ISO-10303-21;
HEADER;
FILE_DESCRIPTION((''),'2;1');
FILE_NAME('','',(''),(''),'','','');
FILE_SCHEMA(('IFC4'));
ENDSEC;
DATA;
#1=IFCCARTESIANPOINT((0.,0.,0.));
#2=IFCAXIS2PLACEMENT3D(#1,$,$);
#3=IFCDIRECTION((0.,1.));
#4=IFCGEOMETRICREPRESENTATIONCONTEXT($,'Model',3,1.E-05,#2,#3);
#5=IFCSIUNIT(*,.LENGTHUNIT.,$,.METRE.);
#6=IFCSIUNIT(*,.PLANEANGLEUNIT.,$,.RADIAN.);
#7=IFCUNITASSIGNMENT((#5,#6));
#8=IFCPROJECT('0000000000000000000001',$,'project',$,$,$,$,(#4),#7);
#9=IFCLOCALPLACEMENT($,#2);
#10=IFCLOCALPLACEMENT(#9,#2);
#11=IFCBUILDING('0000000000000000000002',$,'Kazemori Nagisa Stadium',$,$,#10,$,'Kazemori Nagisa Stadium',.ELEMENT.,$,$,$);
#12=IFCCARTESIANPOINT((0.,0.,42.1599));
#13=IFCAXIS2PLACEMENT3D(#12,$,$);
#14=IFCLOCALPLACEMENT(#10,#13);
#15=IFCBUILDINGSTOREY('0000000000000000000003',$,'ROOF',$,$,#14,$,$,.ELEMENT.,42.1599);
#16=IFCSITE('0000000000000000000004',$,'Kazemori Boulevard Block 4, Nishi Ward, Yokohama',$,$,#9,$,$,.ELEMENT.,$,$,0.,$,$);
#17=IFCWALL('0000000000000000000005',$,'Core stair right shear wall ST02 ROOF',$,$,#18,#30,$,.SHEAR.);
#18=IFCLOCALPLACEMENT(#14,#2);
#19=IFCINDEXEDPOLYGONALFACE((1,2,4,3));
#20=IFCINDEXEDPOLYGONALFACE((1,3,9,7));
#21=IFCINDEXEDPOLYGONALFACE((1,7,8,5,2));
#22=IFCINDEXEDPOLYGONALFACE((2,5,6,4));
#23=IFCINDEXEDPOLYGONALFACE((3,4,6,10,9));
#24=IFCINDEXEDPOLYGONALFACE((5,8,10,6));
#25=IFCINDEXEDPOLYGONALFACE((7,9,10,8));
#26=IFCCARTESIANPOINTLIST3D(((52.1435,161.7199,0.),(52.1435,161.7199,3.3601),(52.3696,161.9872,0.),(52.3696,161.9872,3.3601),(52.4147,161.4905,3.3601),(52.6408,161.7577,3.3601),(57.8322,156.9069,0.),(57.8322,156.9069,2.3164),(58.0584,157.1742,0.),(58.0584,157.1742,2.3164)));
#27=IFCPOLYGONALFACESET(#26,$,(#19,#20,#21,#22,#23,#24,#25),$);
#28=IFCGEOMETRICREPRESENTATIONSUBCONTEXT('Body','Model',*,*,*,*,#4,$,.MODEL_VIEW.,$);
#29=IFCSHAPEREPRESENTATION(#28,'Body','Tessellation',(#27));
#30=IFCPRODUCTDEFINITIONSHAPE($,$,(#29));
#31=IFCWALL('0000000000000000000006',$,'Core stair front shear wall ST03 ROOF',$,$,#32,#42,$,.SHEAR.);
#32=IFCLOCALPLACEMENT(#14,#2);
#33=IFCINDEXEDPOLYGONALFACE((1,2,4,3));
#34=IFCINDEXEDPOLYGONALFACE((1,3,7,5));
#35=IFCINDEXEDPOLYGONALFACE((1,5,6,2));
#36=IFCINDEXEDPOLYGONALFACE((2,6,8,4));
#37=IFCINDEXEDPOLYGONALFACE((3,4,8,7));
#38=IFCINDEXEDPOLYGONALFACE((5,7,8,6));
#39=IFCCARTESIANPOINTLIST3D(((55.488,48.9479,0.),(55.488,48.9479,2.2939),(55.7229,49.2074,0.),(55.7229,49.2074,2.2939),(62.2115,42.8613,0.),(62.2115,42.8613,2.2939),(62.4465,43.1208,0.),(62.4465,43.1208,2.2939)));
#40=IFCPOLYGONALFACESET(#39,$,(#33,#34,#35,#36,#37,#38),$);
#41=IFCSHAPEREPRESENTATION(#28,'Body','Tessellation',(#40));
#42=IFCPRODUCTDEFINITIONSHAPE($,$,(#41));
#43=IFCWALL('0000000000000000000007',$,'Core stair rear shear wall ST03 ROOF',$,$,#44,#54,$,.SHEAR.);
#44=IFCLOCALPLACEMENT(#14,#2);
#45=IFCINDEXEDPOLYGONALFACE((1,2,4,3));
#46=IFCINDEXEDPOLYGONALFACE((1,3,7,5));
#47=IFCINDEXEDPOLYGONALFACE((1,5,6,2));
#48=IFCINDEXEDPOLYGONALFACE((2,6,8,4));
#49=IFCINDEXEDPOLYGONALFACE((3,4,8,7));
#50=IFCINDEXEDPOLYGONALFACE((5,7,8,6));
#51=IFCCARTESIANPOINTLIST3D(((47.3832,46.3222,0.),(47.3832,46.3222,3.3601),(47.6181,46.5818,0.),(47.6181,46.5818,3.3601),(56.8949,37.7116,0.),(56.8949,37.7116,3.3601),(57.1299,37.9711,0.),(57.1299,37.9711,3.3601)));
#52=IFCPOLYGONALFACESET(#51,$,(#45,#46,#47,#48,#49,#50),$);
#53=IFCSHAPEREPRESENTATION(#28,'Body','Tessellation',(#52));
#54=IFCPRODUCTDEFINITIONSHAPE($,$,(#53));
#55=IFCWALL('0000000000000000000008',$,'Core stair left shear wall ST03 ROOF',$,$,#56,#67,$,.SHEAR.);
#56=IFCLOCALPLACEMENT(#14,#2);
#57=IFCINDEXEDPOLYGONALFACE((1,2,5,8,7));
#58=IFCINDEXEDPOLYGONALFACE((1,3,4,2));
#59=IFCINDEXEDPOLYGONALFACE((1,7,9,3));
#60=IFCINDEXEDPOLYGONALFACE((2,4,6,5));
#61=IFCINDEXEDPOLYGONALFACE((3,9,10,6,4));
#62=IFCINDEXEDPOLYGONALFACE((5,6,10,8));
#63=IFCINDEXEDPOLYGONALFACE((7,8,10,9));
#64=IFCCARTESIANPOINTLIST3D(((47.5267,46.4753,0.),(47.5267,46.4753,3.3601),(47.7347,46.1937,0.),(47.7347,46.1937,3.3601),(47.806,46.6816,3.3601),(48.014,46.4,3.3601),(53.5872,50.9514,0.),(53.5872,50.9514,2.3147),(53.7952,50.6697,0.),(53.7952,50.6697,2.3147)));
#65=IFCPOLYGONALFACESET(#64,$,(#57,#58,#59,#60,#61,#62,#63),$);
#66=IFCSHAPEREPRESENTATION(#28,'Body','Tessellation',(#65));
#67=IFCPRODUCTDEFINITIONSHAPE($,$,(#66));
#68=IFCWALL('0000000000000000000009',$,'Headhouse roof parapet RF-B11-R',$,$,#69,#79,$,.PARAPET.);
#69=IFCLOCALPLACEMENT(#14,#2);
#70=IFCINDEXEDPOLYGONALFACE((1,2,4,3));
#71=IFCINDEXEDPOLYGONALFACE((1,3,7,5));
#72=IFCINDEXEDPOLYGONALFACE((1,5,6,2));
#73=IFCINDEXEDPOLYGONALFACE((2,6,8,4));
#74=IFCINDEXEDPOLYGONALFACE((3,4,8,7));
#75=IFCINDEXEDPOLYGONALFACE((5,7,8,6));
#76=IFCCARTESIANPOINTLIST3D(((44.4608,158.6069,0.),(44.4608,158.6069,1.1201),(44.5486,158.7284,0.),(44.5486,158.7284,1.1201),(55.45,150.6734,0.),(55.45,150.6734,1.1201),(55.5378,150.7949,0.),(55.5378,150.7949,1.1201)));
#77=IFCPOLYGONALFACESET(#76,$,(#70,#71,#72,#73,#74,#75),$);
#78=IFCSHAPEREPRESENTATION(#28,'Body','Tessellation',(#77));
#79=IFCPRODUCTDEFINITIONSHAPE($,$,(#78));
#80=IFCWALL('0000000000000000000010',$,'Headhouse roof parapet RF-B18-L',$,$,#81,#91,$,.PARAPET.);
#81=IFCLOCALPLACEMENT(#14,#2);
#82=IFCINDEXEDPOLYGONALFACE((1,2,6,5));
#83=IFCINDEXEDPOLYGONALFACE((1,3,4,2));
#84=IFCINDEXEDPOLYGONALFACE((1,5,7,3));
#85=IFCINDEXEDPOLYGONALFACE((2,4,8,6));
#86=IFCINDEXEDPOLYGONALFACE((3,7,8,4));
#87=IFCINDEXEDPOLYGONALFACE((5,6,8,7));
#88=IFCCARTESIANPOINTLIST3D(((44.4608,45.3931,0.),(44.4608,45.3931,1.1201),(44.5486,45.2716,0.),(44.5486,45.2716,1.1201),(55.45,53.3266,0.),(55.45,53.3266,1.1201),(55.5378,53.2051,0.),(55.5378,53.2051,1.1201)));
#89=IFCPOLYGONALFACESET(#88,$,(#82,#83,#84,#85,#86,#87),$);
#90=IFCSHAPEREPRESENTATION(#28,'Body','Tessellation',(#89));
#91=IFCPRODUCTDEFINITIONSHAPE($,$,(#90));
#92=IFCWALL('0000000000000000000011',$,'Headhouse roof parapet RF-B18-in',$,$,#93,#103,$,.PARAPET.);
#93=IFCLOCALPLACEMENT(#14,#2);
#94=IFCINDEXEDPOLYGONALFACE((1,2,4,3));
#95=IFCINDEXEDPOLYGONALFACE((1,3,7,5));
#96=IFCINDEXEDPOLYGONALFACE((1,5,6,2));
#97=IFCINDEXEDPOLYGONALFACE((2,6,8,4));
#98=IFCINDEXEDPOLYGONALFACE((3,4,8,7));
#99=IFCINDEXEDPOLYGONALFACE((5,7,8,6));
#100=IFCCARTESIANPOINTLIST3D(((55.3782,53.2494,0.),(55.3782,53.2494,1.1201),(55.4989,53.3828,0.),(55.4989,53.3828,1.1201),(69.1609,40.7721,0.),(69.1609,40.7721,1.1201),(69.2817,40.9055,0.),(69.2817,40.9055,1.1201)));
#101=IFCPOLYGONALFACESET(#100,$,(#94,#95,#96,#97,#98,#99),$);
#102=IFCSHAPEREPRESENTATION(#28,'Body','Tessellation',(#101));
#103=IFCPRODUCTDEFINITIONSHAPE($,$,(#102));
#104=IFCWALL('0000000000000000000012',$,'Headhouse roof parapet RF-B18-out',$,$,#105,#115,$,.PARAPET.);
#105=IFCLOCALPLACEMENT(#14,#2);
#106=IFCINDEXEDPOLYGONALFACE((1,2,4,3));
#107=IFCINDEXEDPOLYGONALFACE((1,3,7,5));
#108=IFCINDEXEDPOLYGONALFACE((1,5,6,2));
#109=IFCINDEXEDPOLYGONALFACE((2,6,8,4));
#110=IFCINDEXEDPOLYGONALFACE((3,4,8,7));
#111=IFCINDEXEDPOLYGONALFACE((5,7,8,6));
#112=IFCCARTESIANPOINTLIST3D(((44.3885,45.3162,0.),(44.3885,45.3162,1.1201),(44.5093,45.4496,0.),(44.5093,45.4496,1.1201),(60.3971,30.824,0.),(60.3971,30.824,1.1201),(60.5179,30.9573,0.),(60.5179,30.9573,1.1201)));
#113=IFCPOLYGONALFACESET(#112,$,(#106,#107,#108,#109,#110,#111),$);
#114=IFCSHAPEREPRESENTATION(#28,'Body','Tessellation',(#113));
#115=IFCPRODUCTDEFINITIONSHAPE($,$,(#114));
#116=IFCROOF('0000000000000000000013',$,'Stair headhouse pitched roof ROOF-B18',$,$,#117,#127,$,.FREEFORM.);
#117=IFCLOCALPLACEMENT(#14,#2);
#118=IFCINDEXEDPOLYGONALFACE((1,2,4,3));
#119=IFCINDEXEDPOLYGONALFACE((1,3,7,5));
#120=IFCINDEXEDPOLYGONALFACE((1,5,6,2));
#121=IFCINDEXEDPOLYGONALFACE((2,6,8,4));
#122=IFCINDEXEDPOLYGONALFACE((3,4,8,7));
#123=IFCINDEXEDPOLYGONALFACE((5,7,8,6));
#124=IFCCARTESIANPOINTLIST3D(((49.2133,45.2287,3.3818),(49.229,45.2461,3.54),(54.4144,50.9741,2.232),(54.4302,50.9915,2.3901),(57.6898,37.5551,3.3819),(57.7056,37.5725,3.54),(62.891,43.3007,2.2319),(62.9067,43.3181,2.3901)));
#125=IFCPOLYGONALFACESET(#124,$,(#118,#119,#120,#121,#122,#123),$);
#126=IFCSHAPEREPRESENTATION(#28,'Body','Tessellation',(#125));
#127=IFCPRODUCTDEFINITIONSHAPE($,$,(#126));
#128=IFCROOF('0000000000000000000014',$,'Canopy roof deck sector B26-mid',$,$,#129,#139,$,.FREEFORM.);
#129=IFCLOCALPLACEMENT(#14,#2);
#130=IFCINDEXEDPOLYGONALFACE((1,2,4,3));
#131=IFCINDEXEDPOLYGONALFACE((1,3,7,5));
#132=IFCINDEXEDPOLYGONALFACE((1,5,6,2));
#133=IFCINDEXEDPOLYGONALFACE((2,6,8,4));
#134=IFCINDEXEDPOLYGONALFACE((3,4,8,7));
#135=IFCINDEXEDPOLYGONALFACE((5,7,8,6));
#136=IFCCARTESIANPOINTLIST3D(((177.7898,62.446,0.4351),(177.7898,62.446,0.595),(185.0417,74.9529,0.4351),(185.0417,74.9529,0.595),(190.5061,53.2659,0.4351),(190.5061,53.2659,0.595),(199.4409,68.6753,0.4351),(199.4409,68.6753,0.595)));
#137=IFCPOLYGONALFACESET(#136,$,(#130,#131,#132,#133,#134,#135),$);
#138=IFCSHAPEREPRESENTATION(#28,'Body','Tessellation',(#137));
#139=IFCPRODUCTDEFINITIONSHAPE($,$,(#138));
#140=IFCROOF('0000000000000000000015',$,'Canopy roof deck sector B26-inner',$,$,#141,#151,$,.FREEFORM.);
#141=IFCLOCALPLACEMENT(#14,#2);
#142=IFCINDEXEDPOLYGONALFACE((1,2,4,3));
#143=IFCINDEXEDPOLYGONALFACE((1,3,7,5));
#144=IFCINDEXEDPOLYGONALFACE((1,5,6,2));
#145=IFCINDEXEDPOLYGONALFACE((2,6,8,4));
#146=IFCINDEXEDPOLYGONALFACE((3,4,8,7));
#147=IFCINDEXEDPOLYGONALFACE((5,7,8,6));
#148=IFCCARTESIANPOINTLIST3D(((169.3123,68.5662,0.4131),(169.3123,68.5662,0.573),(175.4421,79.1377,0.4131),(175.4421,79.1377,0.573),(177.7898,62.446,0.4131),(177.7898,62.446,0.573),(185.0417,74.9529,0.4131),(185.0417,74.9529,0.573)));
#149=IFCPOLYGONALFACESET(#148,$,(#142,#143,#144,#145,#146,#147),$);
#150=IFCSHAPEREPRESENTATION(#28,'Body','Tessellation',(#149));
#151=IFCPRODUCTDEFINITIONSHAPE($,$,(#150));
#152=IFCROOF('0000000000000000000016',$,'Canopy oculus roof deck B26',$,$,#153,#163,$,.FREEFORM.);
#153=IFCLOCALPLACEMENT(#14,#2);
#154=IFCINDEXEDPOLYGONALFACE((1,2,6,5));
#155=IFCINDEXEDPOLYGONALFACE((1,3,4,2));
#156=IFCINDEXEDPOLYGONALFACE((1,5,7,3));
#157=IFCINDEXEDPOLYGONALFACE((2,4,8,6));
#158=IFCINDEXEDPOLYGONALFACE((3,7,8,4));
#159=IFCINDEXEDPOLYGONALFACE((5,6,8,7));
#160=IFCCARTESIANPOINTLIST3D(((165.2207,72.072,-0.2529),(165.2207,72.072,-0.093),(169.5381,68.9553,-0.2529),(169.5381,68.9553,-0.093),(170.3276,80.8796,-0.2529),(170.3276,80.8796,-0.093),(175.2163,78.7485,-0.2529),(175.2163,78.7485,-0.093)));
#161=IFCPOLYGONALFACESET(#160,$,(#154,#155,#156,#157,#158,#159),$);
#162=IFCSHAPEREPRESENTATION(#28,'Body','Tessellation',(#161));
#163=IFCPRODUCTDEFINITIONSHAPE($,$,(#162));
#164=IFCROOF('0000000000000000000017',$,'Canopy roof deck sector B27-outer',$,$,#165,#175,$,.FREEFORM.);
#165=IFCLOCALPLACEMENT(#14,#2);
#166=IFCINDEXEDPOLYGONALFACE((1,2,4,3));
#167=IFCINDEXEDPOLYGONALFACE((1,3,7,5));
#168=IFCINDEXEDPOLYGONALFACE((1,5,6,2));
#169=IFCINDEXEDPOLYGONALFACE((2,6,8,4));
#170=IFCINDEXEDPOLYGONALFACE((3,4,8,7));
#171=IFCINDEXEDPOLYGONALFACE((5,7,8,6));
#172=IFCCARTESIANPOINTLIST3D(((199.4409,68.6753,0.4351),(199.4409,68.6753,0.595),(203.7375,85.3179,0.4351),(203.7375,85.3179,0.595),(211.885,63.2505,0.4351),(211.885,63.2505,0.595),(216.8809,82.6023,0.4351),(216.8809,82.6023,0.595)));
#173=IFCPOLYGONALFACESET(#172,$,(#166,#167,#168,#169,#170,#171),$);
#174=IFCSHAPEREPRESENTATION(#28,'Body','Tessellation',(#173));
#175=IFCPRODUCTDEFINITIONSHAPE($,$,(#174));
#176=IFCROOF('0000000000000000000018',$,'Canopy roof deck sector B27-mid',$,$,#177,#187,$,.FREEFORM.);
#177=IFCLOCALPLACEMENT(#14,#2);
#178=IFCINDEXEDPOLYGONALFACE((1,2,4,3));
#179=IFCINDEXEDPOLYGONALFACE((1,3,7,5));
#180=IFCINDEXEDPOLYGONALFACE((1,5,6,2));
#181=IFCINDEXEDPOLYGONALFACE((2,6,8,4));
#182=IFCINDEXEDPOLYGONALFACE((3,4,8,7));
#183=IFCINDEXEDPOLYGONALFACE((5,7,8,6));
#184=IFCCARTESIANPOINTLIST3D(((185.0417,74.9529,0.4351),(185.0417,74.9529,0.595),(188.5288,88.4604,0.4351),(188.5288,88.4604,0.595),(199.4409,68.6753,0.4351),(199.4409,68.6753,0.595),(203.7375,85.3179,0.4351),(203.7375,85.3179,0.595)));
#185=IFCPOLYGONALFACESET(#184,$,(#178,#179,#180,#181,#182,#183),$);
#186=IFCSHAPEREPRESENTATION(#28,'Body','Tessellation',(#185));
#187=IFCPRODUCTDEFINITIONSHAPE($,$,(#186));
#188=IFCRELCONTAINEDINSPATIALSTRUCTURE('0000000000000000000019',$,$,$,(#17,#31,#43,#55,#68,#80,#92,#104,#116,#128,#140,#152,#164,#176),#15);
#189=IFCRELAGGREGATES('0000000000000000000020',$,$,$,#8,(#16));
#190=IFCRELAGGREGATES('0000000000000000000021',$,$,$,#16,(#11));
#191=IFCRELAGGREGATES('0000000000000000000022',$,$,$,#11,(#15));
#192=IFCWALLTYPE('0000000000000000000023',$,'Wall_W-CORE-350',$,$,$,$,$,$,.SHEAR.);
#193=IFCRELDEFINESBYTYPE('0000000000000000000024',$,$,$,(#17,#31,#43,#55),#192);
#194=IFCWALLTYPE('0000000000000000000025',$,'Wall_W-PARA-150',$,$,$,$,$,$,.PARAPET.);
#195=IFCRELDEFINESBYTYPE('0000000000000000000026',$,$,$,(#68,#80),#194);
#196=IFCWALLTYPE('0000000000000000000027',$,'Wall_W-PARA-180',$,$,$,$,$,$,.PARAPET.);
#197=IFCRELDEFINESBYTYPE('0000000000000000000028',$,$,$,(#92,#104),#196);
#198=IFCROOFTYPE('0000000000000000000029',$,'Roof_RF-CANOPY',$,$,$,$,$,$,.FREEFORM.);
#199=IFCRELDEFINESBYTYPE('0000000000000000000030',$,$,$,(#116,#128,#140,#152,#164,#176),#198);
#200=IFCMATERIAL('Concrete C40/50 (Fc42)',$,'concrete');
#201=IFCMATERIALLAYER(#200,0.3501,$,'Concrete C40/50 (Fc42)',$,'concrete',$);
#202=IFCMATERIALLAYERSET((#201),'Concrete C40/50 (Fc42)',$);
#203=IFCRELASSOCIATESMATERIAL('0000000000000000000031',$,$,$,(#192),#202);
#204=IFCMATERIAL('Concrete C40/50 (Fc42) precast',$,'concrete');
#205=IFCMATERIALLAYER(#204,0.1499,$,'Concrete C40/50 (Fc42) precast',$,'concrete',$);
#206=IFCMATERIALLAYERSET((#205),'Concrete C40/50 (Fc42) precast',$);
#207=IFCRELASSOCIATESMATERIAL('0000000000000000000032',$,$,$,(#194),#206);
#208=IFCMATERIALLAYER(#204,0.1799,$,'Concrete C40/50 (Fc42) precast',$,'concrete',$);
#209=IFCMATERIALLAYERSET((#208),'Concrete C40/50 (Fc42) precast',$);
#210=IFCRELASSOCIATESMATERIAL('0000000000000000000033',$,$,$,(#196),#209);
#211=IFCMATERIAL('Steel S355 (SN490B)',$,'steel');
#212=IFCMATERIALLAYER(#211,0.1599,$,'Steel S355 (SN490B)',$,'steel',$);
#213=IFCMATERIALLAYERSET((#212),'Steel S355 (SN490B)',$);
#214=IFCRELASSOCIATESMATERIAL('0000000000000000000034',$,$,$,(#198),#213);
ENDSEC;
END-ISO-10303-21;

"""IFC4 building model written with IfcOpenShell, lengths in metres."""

from ifc_helpers import new_model, si_unit, direction, frame, frame_2d, origin, place, context, subcontext, project, spatial, polyline, rectangle, outline, extrude, material, layer, layer_set, type_object, element, save


model = new_model("IFC4")

# Units and contexts
model_context = context("Model", 3, precision=1e-05, world=origin(), true_north=direction((0.0, 1.0)))
body_context = subcontext(model_context, "Body", "Model", "MODEL_VIEW")
ifc_project = project(units=[si_unit("LENGTHUNIT", "METRE"), si_unit("PLANEANGLEUNIT", "RADIAN")], contexts=[model_context])

# Site, building, storey
site_placement = place(None, origin())
site = spatial("IfcSite", under=ifc_project, at=site_placement, Name="Kazemori Boulevard Block 4, Nishi Ward, Yokohama", CompositionType="ELEMENT", RefElevation=0.0)
building_placement = place(site_placement, origin())
building = spatial("IfcBuilding", under=site, at=building_placement, Name="Kazemori Nagisa Stadium", LongName="Kazemori Nagisa Stadium", CompositionType="ELEMENT")
storey_placement = place(building_placement, frame((0.0, 0.0, 42.1599)))
storey = spatial("IfcBuildingStorey", under=building, at=storey_placement, Name="ROOF", CompositionType="ELEMENT", Elevation=42.1599)

# Walls
ifc_material_1 = material(Name="Concrete C40/50 (Fc42)", Category="concrete")
ifc_layer_1 = layer(ifc_material_1, 0.3501, Name="Concrete C40/50 (Fc42)", Category="concrete")
ifc_layer_set_1 = layer_set([ifc_layer_1], Name="Concrete C40/50 (Fc42)")
wall_type_1 = type_object("IfcWallType", Name="Wall_W-CORE-350", PredefinedType="SHEAR", material=ifc_layer_set_1)
wall_1_placement = place(storey_placement, frame((57.9453, 157.0405, 0.0), z_axis=(0.0, 0.0, 1.0), x_axis=(-0.763422, 0.6459, 0.0)))
element("IfcWall", 1, at=wall_1_placement, inside=storey, type_object=wall_type_1, Name="Core stair right shear wall ST02 ROOF", PredefinedType="SHEAR", context=body_context, shape_type="SweptSolid", body=[
    extrude(outline(polyline([(0.0, 0.0), (7.4517, 0.0), (7.4517, 3.3601), (7.0964, 3.3601), (0.0, 2.3164), (0.0, 0.0)])), frame((0.0, 0.175, 0.0), z_axis=(0.0, -1.0, 0.0), x_axis=(1.0, 0.0, 0.0)), (0.0, 0.0, 1.0), 0.3501),
])
wall_2_placement = place(storey_placement, frame((55.6055, 49.0776, 0.0), z_axis=(0.0, 0.0, 1.0), x_axis=(0.74135, -0.671118, 0.0)))
element("IfcWall", 2, at=wall_2_placement, inside=storey, type_object=wall_type_1, Name="Core stair front shear wall ST03 ROOF", PredefinedType="SHEAR", context=body_context, shape_type="SweptSolid", body=[
    extrude(rectangle(XDim=9.0693, YDim=0.3501, at=frame_2d((4.5347, 0.0))), origin(), (0.0, 0.0, 1.0), 2.2939),
])
wall_3_placement = place(storey_placement, frame((47.5007, 46.4519, 0.0), z_axis=(0.0, 0.0, 1.0), x_axis=(0.741351, -0.671117, 0.0)))
element("IfcWall", 3, at=wall_3_placement, inside=storey, type_object=wall_type_1, Name="Core stair rear shear wall ST03 ROOF", PredefinedType="SHEAR", context=body_context, shape_type="SweptSolid", body=[
    extrude(rectangle(XDim=12.8303, YDim=0.3501, at=frame_2d((6.415, 0.0))), origin(), (0.0, 0.0, 1.0), 3.3601),
])
wall_4_placement = place(storey_placement, frame((53.6912, 50.8105, 0.0), z_axis=(0.0, 0.0, 1.0), x_axis=(-0.804396, -0.594094, 0.0)))
element("IfcWall", 4, at=wall_4_placement, inside=storey, type_object=wall_type_1, Name="Core stair left shear wall ST03 ROOF", PredefinedType="SHEAR", context=body_context, shape_type="SweptSolid", body=[
    extrude(outline(polyline([(0.0, 0.0), (7.5342, 0.0), (7.5342, 3.3601), (7.187, 3.3601), (0.0, 2.3147), (0.0, 0.0)])), frame((0.0, 0.175, 0.0), z_axis=(0.0, -1.0, 0.0), x_axis=(1.0, 0.0, 0.0)), (0.0, 0.0, 1.0), 0.3501),
])
ifc_material_2 = material(Name="Concrete C40/50 (Fc42) precast", Category="concrete")
ifc_layer_2 = layer(ifc_material_2, 0.1499, Name="Concrete C40/50 (Fc42) precast", Category="concrete")
ifc_layer_set_2 = layer_set([ifc_layer_2], Name="Concrete C40/50 (Fc42) precast")
wall_type_2 = type_object("IfcWallType", Name="Wall_W-PARA-150", PredefinedType="PARAPET", material=ifc_layer_set_2)
for number, where, z_axis, x_axis, name in (
    (5, (55.4939, 150.7341, 0.0), (0.0, 0.0, 1.0), (-0.810788, 0.585341, 0.0), "Headhouse roof parapet RF-B11-R"),
    (6, (55.4939, 53.2659, 0.0), (0.0, 0.0, 1.0), (-0.810788, -0.585341, 0.0), "Headhouse roof parapet RF-B18-L"),
):
    element("IfcWall", number, at=place(storey_placement, frame(where, z_axis=z_axis, x_axis=x_axis)), inside=storey, type_object=wall_type_2, Name=name, PredefinedType="PARAPET", context=body_context, shape_type="SweptSolid", body=[
        extrude(rectangle(XDim=13.5537, YDim=0.1499, at=frame_2d((6.7769, 0.0))), origin(), (0.0, 0.0, 1.0), 1.1201),
    ])
ifc_layer_3 = layer(ifc_material_2, 0.1799, Name="Concrete C40/50 (Fc42) precast", Category="concrete")
ifc_layer_set_3 = layer_set([ifc_layer_3], Name="Concrete C40/50 (Fc42) precast")
wall_type_3 = type_object("IfcWallType", Name="Wall_W-PARA-180", PredefinedType="PARAPET", material=ifc_layer_set_3)
wall_5_placement = place(storey_placement, frame((55.4385, 53.3162, 0.0), z_axis=(0.0, 0.0, 1.0), x_axis=(0.741343, -0.671127, 0.0)))
element("IfcWall", 7, at=wall_5_placement, inside=storey, type_object=wall_type_3, Name="Headhouse roof parapet RF-B18-in", PredefinedType="PARAPET", context=body_context, shape_type="SweptSolid", body=[
    extrude(rectangle(XDim=18.5916, YDim=0.1799, at=frame_2d((9.2959, 0.0))), origin(), (0.0, 0.0, 1.0), 1.1201),
])
wall_6_placement = place(storey_placement, frame((44.449, 45.3828, 0.0), z_axis=(0.0, 0.0, 1.0), x_axis=(0.741345, -0.671124, 0.0)))
element("IfcWall", 8, at=wall_6_placement, inside=storey, type_object=wall_type_3, Name="Headhouse roof parapet RF-B18-out", PredefinedType="PARAPET", context=body_context, shape_type="SweptSolid", body=[
    extrude(rectangle(XDim=21.594, YDim=0.1799, at=frame_2d((10.7969, 0.0))), origin(), (0.0, 0.0, 1.0), 1.1201),
])

# Roofs
ifc_material_3 = material(Name="Steel S355 (SN490B)", Category="steel")
ifc_layer_4 = layer(ifc_material_3, 0.1599, Name="Steel S355 (SN490B)", Category="steel")
ifc_layer_set_4 = layer_set([ifc_layer_4], Name="Steel S355 (SN490B)")
roof_type = type_object("IfcRoofType", Name="Roof_RF-CANOPY", PredefinedType="FREEFORM", material=ifc_layer_set_4)
roof_1_placement = place(storey_placement, frame((54.4302, 50.9915, 2.3901), z_axis=(0.098498, 0.108807, 0.989171), x_axis=(0.741359, -0.671109, -0.000001)))
element("IfcRoof", 9, at=roof_1_placement, inside=storey, type_object=roof_type, Name="Stair headhouse pitched roof ROOF-B18", PredefinedType="FREEFORM", context=body_context, shape_type="SweptSolid", body=[
    extrude(outline(polyline([(0.0, 0.0), (11.4338, 0.0), (11.4338, -7.835), (-0.0002, -7.8348), (0.0, 0.0)])), origin(), (0.0, 0.0, -1.0), 0.1599),
])
roof_2_placement = place(storey_placement, frame((0.0, 0.0, 0.4351)))
element("IfcRoof", 10, at=roof_2_placement, inside=storey, type_object=roof_type, Name="Canopy roof deck sector B26-mid", PredefinedType="FREEFORM", context=body_context, shape_type="SweptSolid", body=[
    extrude(outline(polyline([(190.5061, 53.2659), (199.4409, 68.6753), (185.0417, 74.9529), (177.7898, 62.446), (190.5061, 53.2659)])), origin(), (0.0, 0.0, 1.0), 0.1599),
])
roof_3_placement = place(storey_placement, frame((0.0, 0.0, 0.4131)))
element("IfcRoof", 11, at=roof_3_placement, inside=storey, type_object=roof_type, Name="Canopy roof deck sector B26-inner", PredefinedType="FREEFORM", context=body_context, shape_type="SweptSolid", body=[
    extrude(outline(polyline([(177.7898, 62.446), (185.0417, 74.9529), (175.4421, 79.1377), (169.3123, 68.5662), (177.7898, 62.446)])), origin(), (0.0, 0.0, 1.0), 0.1599),
])
roof_4_placement = place(storey_placement, frame((0.0, 0.0, -0.2529)))
element("IfcRoof", 12, at=roof_4_placement, inside=storey, type_object=roof_type, Name="Canopy oculus roof deck B26", PredefinedType="FREEFORM", context=body_context, shape_type="SweptSolid", body=[
    extrude(outline(polyline([(165.2207, 72.072), (170.3276, 80.8796), (175.2163, 78.7485), (169.5381, 68.9553), (165.2207, 72.072)])), origin(), (0.0, 0.0, 1.0), 0.1599),
])
roof_5_placement = place(storey_placement, frame((0.0, 0.0, 0.4351)))
element("IfcRoof", 13, at=roof_5_placement, inside=storey, type_object=roof_type, Name="Canopy roof deck sector B27-outer", PredefinedType="FREEFORM", context=body_context, shape_type="SweptSolid", body=[
    extrude(outline(polyline([(211.885, 63.2505), (216.8809, 82.6023), (203.7375, 85.3179), (199.4409, 68.6753), (211.885, 63.2505)])), origin(), (0.0, 0.0, 1.0), 0.1599),
])
roof_6_placement = place(storey_placement, frame((0.0, 0.0, 0.4351)))
element("IfcRoof", 14, at=roof_6_placement, inside=storey, type_object=roof_type, Name="Canopy roof deck sector B27-mid", PredefinedType="FREEFORM", context=body_context, shape_type="SweptSolid", body=[
    extrude(outline(polyline([(199.4409, 68.6753), (203.7375, 85.3179), (188.5288, 88.4604), (185.0417, 74.9529), (199.4409, 68.6753)])), origin(), (0.0, 0.0, 1.0), 0.1599),
])

save(model, "model.ifc")
